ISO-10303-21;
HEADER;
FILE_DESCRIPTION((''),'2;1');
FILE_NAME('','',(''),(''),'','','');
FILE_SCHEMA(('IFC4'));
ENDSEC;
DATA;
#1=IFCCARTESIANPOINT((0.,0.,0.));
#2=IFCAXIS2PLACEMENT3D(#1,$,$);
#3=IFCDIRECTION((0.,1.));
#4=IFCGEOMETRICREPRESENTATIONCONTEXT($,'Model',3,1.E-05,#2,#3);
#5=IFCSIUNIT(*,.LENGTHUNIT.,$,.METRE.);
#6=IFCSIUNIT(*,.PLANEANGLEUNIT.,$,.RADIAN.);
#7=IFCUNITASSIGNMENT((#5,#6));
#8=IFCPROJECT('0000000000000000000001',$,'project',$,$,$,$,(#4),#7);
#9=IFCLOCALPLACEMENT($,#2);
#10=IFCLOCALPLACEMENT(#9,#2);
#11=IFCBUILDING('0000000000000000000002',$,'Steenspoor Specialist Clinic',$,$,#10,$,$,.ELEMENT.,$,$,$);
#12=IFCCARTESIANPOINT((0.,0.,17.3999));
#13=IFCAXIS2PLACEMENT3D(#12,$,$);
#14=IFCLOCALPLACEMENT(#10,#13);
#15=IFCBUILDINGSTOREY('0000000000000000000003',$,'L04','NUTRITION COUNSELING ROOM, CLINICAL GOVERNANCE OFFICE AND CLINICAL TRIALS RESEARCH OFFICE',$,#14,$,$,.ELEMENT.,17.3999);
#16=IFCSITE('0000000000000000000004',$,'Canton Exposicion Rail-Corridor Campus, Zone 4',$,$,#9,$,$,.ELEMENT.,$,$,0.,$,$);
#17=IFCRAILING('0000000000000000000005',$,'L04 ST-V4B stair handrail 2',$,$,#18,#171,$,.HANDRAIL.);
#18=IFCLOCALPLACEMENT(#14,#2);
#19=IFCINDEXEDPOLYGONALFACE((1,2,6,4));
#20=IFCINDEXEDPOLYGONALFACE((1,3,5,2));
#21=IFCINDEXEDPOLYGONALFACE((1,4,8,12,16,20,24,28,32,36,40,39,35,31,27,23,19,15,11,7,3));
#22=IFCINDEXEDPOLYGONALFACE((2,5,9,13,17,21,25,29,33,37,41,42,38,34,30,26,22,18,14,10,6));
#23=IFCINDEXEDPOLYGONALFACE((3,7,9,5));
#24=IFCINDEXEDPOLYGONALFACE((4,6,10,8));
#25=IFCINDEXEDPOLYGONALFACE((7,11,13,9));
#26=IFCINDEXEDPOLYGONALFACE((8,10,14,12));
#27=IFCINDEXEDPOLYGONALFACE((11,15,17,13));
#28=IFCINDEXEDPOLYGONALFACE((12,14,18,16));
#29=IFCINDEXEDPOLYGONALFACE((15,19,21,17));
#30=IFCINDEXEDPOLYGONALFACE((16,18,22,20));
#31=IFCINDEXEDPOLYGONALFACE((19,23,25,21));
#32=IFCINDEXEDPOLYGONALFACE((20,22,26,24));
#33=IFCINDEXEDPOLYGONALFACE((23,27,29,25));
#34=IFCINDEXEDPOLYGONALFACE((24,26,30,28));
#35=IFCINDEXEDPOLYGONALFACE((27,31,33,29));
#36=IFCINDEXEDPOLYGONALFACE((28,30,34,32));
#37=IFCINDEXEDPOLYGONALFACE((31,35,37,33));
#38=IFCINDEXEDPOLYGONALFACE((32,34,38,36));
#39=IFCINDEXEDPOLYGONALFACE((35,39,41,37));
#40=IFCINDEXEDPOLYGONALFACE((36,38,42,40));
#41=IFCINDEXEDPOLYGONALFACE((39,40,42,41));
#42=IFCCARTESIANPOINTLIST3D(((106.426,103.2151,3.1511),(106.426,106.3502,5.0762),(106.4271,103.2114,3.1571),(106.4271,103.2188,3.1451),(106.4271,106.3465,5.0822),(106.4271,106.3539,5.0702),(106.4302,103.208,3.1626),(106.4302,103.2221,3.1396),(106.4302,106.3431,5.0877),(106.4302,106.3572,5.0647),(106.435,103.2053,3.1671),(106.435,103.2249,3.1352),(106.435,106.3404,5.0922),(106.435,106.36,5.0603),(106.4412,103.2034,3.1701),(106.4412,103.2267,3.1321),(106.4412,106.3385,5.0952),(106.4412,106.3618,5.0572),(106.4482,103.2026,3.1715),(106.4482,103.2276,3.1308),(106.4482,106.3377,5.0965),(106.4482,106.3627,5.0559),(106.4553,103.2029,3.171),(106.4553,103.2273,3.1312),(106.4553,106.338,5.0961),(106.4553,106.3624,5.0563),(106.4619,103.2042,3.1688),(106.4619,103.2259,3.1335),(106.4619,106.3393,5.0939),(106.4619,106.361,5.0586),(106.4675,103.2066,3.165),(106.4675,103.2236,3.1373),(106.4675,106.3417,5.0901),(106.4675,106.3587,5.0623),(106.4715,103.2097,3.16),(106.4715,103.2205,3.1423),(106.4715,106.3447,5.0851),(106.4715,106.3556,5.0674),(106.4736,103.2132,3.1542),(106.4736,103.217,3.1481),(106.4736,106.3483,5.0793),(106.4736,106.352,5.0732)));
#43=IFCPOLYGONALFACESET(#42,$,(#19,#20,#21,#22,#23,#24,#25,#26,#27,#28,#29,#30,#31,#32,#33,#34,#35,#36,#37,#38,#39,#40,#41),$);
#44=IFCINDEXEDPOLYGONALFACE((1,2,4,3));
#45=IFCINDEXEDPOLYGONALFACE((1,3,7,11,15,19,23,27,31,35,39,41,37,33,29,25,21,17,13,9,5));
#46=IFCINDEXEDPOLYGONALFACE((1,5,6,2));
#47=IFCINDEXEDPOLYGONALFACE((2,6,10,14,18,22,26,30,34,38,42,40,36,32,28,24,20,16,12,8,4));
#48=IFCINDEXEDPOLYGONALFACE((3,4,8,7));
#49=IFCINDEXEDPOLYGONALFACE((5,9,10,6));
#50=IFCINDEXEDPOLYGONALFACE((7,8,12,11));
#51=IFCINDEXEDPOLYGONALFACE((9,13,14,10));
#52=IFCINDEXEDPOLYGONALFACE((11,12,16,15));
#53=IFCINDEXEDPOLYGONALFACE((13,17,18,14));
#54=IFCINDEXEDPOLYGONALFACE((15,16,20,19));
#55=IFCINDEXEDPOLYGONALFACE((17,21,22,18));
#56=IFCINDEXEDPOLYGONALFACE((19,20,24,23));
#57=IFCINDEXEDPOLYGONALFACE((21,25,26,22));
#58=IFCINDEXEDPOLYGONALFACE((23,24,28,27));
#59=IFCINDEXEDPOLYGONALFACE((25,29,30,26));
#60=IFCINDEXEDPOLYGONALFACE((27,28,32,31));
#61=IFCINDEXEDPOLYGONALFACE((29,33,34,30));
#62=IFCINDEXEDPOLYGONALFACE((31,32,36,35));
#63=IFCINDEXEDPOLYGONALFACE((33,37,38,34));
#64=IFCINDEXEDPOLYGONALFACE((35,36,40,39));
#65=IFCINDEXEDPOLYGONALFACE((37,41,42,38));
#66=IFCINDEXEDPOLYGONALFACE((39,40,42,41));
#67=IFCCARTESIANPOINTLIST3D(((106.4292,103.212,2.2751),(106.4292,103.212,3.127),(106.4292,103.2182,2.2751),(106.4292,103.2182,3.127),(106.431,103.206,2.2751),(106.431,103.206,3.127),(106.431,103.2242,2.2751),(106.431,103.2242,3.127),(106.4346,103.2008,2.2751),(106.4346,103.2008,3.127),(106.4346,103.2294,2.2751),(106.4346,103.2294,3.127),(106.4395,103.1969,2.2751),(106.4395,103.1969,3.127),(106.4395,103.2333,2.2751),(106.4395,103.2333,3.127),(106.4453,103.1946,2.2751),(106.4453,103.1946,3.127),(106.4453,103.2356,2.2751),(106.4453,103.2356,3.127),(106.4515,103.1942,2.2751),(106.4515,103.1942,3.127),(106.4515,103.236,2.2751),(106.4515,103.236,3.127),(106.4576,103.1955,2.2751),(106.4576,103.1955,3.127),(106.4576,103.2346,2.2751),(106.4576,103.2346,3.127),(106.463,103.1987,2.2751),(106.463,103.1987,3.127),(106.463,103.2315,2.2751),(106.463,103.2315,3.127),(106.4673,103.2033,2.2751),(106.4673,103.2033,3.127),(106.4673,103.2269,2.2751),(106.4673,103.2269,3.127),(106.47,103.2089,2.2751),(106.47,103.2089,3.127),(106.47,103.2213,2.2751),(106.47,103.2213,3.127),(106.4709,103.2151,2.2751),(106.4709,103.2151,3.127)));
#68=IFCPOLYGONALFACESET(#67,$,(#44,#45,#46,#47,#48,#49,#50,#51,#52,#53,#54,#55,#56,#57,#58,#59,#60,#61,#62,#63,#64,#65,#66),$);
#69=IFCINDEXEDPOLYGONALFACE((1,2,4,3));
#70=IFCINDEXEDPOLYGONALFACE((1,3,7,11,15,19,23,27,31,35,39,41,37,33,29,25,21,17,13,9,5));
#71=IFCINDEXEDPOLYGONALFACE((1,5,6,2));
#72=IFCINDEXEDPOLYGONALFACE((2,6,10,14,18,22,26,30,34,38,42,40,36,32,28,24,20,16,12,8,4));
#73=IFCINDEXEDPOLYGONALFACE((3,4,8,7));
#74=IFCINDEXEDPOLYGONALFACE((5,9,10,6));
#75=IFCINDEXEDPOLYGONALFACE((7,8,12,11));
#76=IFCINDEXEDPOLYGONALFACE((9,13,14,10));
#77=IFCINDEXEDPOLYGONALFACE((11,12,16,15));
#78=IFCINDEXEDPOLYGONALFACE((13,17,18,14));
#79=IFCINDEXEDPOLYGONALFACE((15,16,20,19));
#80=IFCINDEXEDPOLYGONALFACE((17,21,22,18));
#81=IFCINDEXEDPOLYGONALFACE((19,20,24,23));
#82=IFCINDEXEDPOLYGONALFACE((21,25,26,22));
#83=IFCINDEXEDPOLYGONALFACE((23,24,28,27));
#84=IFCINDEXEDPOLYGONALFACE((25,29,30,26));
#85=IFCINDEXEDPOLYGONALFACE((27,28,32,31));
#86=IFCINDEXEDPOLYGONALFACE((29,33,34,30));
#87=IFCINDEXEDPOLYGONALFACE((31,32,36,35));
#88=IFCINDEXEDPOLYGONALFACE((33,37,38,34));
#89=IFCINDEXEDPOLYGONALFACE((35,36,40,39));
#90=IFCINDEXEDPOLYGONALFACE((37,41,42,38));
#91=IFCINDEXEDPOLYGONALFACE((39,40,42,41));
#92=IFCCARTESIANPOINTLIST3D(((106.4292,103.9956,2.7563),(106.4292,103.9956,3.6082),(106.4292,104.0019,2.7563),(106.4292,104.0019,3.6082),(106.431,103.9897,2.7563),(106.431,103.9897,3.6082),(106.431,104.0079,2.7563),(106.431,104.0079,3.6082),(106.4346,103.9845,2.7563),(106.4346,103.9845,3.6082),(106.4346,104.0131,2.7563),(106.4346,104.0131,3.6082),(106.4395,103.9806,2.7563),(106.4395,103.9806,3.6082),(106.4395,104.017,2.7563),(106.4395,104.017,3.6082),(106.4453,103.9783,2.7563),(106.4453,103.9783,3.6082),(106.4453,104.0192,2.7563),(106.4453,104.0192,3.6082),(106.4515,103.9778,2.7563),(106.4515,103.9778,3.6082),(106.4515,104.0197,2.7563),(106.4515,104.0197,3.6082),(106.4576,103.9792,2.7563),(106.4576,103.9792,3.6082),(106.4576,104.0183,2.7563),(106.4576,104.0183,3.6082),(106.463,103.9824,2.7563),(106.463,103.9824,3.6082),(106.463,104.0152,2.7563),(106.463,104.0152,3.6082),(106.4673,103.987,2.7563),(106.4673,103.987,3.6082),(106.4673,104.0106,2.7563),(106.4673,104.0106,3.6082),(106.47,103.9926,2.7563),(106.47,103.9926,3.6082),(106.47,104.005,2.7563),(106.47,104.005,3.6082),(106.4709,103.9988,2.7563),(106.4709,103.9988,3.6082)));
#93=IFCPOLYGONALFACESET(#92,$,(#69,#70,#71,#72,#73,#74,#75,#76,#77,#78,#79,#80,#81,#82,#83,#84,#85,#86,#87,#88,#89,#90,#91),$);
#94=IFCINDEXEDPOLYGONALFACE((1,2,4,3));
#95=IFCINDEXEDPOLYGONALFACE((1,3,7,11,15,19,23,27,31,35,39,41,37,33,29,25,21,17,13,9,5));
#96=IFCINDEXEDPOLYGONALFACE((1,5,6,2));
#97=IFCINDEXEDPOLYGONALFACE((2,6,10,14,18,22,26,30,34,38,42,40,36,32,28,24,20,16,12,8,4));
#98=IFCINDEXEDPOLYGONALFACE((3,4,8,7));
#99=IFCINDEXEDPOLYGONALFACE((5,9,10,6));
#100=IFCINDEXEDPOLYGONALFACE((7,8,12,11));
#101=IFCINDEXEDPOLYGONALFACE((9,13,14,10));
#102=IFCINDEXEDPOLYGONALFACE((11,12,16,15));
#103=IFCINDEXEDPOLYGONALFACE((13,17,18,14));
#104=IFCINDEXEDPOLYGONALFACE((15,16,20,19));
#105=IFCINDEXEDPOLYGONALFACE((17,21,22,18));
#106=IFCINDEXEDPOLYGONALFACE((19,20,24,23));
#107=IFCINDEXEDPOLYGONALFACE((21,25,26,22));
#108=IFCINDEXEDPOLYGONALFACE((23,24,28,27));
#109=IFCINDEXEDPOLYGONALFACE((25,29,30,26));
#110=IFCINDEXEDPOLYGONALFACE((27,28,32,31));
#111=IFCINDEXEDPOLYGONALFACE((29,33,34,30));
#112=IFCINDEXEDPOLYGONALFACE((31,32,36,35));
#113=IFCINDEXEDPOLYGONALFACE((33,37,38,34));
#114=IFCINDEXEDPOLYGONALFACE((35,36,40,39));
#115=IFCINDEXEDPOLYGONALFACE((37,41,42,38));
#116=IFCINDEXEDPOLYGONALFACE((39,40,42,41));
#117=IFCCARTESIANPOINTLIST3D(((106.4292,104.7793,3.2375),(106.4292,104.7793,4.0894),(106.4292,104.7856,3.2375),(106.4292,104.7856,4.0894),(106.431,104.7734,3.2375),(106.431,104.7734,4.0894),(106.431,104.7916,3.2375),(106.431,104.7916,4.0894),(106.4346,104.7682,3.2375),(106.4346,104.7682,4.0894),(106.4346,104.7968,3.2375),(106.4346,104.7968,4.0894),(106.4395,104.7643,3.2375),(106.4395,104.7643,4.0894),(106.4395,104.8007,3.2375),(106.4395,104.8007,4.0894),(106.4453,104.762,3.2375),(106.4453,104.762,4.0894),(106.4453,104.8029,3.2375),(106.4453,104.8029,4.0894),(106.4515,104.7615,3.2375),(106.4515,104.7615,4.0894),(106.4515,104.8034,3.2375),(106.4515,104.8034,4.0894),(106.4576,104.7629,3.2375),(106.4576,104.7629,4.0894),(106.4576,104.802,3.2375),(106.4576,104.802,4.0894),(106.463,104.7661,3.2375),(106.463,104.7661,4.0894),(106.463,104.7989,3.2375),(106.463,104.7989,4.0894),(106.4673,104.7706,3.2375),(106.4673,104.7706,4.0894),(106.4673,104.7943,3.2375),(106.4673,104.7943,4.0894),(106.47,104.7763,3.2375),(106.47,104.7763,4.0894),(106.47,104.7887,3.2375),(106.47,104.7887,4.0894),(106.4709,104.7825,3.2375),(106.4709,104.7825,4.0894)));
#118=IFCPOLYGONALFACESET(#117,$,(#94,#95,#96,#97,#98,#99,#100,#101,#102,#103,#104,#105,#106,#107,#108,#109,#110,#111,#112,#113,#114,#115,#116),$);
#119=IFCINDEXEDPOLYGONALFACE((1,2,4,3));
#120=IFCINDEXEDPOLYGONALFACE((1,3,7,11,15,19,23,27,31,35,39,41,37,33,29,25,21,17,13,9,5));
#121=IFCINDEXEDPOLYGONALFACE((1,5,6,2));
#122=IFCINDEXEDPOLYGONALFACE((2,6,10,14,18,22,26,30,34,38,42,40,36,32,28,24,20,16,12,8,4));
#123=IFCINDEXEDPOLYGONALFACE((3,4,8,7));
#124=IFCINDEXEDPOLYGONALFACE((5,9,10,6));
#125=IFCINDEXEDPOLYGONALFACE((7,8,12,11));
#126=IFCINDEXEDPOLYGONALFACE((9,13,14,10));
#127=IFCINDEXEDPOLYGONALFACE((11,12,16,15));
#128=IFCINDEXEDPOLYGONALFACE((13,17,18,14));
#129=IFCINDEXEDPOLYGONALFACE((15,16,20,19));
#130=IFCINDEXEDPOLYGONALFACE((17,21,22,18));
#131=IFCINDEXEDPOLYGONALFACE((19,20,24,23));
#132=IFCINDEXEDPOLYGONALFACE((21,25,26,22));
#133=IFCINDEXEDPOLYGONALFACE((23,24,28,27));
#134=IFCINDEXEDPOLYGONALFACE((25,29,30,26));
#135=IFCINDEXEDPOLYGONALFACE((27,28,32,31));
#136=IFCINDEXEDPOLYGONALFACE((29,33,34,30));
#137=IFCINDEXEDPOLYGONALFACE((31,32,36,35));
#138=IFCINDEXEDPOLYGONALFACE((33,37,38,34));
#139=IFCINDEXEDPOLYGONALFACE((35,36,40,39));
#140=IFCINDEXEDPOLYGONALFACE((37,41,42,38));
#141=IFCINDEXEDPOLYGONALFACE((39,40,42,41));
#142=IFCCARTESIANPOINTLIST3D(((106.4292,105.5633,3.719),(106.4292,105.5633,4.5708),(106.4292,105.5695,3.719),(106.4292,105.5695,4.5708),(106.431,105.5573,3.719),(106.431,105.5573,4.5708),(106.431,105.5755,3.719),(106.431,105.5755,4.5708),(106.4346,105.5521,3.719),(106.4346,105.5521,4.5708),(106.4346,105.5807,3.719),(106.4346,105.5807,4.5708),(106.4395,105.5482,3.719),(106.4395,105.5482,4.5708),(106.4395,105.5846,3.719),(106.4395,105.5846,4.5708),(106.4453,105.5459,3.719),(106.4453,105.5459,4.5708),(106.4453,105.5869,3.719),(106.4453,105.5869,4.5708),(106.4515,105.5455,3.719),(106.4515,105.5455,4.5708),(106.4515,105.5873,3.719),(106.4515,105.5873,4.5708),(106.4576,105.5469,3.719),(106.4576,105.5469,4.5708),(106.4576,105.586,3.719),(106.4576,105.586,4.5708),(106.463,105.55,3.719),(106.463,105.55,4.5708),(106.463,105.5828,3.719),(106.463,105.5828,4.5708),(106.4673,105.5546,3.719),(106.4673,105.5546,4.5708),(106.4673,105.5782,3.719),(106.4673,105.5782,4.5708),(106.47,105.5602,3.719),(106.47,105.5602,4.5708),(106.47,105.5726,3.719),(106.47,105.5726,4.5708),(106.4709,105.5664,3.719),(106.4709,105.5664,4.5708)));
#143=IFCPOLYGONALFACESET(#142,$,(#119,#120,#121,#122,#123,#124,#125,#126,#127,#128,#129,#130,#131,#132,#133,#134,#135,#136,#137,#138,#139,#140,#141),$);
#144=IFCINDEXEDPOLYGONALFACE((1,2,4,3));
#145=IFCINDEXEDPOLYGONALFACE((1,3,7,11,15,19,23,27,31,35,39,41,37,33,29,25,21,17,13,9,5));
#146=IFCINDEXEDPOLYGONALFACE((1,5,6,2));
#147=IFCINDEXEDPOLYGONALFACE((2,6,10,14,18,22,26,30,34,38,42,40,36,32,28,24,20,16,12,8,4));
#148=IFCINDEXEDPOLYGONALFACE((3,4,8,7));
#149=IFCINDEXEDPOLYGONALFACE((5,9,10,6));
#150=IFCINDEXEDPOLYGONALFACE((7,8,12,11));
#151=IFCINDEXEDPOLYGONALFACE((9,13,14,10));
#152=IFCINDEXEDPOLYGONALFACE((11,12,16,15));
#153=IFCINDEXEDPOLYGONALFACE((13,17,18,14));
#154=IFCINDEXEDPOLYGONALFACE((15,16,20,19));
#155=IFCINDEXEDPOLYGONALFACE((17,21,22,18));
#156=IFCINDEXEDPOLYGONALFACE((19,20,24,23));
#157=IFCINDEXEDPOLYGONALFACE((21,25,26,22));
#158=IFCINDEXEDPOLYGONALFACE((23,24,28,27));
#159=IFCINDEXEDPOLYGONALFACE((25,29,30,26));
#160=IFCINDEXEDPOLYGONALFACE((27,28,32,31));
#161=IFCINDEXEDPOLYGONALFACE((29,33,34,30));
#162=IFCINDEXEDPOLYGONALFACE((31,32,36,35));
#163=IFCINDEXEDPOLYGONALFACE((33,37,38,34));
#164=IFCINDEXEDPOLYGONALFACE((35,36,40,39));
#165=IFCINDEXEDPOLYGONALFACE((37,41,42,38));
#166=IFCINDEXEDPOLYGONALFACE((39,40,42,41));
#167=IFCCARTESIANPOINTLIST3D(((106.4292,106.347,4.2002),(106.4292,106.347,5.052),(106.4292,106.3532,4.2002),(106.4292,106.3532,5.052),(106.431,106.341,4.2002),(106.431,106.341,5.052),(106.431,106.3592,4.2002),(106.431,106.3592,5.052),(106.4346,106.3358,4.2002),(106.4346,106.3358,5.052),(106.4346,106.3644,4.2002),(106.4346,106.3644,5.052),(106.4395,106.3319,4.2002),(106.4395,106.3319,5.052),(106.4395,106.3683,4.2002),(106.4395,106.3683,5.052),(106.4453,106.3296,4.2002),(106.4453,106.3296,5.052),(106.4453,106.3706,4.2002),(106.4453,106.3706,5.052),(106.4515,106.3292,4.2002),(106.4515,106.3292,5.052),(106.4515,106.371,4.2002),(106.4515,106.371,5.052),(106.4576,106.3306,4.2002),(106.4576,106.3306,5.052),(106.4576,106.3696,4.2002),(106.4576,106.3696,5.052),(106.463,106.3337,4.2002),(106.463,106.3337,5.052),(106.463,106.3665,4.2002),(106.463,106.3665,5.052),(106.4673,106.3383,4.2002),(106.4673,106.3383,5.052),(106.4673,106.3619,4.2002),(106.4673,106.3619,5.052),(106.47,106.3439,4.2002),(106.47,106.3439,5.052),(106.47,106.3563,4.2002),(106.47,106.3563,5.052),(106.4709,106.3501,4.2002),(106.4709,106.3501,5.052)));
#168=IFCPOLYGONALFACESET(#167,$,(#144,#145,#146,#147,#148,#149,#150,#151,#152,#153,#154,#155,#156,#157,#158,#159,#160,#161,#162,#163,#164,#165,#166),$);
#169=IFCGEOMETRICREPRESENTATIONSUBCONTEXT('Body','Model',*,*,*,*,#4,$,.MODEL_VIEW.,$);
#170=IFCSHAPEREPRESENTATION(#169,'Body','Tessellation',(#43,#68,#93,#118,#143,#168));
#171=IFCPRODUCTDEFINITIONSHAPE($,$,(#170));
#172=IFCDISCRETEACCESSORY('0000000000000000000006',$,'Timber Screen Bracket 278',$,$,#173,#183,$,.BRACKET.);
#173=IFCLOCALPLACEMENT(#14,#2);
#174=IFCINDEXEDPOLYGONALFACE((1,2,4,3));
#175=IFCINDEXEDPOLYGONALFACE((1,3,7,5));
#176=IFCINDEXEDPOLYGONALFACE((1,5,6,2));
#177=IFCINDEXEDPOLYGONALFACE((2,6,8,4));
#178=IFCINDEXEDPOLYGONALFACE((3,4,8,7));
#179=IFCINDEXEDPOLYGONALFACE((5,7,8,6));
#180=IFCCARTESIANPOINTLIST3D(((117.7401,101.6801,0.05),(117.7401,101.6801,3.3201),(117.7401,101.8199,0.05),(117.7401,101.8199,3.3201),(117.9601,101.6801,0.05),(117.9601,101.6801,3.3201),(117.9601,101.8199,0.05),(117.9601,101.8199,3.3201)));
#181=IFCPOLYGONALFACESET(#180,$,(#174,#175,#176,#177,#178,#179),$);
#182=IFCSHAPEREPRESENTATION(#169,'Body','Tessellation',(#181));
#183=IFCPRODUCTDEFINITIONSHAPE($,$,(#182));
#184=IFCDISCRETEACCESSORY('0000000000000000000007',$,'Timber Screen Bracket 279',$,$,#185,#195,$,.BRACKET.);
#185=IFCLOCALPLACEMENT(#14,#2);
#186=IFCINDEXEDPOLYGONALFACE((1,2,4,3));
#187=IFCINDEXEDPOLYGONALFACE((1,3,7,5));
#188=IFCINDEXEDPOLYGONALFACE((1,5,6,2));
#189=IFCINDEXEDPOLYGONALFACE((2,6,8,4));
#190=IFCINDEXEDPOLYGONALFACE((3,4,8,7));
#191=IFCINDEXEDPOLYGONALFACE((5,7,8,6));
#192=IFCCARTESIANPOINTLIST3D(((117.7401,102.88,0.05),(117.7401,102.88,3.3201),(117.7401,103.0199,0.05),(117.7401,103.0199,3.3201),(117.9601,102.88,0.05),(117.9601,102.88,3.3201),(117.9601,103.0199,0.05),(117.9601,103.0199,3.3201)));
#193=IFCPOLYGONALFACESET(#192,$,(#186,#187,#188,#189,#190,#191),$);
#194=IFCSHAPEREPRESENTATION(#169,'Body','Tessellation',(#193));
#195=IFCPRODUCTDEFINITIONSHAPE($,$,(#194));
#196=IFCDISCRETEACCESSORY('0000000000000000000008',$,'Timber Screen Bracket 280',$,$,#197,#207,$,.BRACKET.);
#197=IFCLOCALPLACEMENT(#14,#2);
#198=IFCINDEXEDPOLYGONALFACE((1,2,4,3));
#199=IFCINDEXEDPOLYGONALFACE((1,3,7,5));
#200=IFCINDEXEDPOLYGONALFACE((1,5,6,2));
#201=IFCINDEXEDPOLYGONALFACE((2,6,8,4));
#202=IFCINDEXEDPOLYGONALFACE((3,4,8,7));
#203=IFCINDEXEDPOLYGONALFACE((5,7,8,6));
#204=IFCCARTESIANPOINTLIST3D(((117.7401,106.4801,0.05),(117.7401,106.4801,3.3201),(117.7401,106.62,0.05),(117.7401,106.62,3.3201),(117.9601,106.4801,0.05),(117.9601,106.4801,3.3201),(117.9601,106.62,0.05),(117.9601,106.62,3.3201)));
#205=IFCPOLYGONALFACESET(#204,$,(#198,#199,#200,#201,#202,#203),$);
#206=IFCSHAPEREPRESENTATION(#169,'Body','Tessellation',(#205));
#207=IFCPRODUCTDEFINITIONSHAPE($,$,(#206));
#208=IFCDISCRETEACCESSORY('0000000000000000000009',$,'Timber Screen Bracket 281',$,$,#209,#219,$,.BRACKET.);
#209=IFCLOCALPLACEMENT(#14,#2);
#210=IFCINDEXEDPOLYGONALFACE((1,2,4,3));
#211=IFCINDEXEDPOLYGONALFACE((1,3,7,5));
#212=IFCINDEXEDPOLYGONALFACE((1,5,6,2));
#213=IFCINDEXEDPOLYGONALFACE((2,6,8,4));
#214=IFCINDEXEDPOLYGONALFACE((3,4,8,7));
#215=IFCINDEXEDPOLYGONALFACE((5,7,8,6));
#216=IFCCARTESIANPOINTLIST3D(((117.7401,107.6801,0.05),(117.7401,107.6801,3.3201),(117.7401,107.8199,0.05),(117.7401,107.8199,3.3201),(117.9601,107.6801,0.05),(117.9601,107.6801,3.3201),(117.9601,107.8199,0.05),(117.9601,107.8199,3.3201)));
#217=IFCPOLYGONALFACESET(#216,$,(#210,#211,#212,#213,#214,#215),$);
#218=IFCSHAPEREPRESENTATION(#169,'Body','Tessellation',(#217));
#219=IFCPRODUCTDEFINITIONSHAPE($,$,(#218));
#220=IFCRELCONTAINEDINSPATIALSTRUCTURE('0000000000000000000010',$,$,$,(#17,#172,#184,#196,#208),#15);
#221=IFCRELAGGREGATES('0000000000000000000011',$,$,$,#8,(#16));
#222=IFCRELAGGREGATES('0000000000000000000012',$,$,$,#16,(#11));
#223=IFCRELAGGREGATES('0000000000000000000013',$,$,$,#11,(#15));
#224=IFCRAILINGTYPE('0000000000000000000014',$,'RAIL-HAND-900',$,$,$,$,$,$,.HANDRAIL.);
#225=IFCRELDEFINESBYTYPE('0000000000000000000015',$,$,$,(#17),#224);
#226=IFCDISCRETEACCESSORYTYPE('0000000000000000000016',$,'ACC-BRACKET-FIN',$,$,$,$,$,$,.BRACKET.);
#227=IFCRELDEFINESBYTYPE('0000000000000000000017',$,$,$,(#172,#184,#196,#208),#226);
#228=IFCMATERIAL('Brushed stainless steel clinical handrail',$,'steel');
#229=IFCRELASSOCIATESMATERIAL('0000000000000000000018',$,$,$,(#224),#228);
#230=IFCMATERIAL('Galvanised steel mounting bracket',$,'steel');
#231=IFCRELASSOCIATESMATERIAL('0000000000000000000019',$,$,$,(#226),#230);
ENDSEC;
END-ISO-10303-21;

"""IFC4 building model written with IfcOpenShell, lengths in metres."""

from ifc_helpers import new_model, si_unit, direction, frame, origin, origin_2d, place, context, subcontext, project, spatial, rectangle, circle, extrude, material, type_object, element, save


model = new_model("IFC4")

# Units and contexts
model_context = context("Model", 3, precision=1e-05, world=origin(), true_north=direction((0.0, 1.0)))
body_context = subcontext(model_context, "Body", "Model", "MODEL_VIEW")
ifc_project = project(units=[si_unit("LENGTHUNIT", "METRE"), si_unit("PLANEANGLEUNIT", "RADIAN")], contexts=[model_context])

# Site, building, storey
site_placement = place(None, origin())
site = spatial("IfcSite", under=ifc_project, at=site_placement, Name="Canton Exposicion Rail-Corridor Campus, Zone 4", CompositionType="ELEMENT", RefElevation=0.0)
building_placement = place(site_placement, origin())
building = spatial("IfcBuilding", under=site, at=building_placement, Name="Steenspoor Specialist Clinic", CompositionType="ELEMENT")
storey_placement = place(building_placement, frame((0.0, 0.0, 17.3999)))
storey = spatial("IfcBuildingStorey", under=building, at=storey_placement, Name="L04", Description="NUTRITION COUNSELING ROOM, CLINICAL GOVERNANCE OFFICE AND CLINICAL TRIALS RESEARCH OFFICE", CompositionType="ELEMENT", Elevation=17.3999)

# Railing
ifc_material_1 = material(Name="Brushed stainless steel clinical handrail", Category="steel")
railing_type_1 = type_object("IfcRailingType", Name="RAIL-HAND-900", PredefinedType="HANDRAIL", material=ifc_material_1)
railing_1_placement = place(storey_placement, frame((106.45, 103.2151, 2.2751)))
element("IfcRailing", 1, at=railing_1_placement, inside=storey, type_object=railing_type_1, Name="L04 ST-V4B stair handrail 2", PredefinedType="HANDRAIL", context=body_context, shape_type="SweptSolid", body=[
    extrude(circle(Radius=0.0239, at=origin_2d()), frame((0.0, 0.0, 0.876), z_axis=(0.0, 0.852166, 0.523271), x_axis=(-1.0, 0.0, 0.0)), (0.0, 0.0, 1.0), 3.679),
    extrude(circle(Radius=0.021, at=origin_2d()), origin(), (0.0, 0.0, 1.0), 0.8518),
    extrude(circle(Radius=0.021, at=origin_2d()), frame((0.0, 0.7837, 0.4812)), (0.0, 0.0, 1.0), 0.8518),
    extrude(circle(Radius=0.021, at=origin_2d()), frame((0.0, 1.5674, 0.9624)), (0.0, 0.0, 1.0), 0.8518),
    extrude(circle(Radius=0.021, at=origin_2d()), frame((0.0, 2.3513, 1.4438)), (0.0, 0.0, 1.0), 0.8518),
    extrude(circle(Radius=0.021, at=origin_2d()), frame((0.0, 3.135, 1.925)), (0.0, 0.0, 1.0), 0.8518),
])

# Discrete accessories
ifc_material_2 = material(Name="Galvanised steel mounting bracket", Category="steel")
discrete_accessory_type = type_object("IfcDiscreteAccessoryType", Name="ACC-BRACKET-FIN", PredefinedType="BRACKET", material=ifc_material_2)
for number, where, z_axis, x_axis, name in (
    (2, (117.8501, 101.75, 0.05), (0.0, 0.0, 1.0), (-1.0, 0.0, 0.0), "Timber Screen Bracket 278"),
    (3, (117.8501, 102.95, 0.05), (0.0, 0.0, 1.0), (-1.0, 0.0, 0.0), "Timber Screen Bracket 279"),
    (4, (117.8501, 106.55, 0.05), (0.0, 0.0, 1.0), (-1.0, 0.0, 0.0), "Timber Screen Bracket 280"),
    (5, (117.8501, 107.75, 0.05), (0.0, 0.0, 1.0), (-1.0, 0.0, 0.0), "Timber Screen Bracket 281"),
):
    element("IfcDiscreteAccessory", number, at=place(storey_placement, frame(where, z_axis=z_axis, x_axis=x_axis)), inside=storey, type_object=discrete_accessory_type, Name=name, PredefinedType="BRACKET", context=body_context, shape_type="SweptSolid", body=[
        extrude(rectangle(XDim=0.22, YDim=0.1399, at=origin_2d()), origin(), (0.0, 0.0, 1.0), 3.27),
    ])

save(model, "model.ifc")
